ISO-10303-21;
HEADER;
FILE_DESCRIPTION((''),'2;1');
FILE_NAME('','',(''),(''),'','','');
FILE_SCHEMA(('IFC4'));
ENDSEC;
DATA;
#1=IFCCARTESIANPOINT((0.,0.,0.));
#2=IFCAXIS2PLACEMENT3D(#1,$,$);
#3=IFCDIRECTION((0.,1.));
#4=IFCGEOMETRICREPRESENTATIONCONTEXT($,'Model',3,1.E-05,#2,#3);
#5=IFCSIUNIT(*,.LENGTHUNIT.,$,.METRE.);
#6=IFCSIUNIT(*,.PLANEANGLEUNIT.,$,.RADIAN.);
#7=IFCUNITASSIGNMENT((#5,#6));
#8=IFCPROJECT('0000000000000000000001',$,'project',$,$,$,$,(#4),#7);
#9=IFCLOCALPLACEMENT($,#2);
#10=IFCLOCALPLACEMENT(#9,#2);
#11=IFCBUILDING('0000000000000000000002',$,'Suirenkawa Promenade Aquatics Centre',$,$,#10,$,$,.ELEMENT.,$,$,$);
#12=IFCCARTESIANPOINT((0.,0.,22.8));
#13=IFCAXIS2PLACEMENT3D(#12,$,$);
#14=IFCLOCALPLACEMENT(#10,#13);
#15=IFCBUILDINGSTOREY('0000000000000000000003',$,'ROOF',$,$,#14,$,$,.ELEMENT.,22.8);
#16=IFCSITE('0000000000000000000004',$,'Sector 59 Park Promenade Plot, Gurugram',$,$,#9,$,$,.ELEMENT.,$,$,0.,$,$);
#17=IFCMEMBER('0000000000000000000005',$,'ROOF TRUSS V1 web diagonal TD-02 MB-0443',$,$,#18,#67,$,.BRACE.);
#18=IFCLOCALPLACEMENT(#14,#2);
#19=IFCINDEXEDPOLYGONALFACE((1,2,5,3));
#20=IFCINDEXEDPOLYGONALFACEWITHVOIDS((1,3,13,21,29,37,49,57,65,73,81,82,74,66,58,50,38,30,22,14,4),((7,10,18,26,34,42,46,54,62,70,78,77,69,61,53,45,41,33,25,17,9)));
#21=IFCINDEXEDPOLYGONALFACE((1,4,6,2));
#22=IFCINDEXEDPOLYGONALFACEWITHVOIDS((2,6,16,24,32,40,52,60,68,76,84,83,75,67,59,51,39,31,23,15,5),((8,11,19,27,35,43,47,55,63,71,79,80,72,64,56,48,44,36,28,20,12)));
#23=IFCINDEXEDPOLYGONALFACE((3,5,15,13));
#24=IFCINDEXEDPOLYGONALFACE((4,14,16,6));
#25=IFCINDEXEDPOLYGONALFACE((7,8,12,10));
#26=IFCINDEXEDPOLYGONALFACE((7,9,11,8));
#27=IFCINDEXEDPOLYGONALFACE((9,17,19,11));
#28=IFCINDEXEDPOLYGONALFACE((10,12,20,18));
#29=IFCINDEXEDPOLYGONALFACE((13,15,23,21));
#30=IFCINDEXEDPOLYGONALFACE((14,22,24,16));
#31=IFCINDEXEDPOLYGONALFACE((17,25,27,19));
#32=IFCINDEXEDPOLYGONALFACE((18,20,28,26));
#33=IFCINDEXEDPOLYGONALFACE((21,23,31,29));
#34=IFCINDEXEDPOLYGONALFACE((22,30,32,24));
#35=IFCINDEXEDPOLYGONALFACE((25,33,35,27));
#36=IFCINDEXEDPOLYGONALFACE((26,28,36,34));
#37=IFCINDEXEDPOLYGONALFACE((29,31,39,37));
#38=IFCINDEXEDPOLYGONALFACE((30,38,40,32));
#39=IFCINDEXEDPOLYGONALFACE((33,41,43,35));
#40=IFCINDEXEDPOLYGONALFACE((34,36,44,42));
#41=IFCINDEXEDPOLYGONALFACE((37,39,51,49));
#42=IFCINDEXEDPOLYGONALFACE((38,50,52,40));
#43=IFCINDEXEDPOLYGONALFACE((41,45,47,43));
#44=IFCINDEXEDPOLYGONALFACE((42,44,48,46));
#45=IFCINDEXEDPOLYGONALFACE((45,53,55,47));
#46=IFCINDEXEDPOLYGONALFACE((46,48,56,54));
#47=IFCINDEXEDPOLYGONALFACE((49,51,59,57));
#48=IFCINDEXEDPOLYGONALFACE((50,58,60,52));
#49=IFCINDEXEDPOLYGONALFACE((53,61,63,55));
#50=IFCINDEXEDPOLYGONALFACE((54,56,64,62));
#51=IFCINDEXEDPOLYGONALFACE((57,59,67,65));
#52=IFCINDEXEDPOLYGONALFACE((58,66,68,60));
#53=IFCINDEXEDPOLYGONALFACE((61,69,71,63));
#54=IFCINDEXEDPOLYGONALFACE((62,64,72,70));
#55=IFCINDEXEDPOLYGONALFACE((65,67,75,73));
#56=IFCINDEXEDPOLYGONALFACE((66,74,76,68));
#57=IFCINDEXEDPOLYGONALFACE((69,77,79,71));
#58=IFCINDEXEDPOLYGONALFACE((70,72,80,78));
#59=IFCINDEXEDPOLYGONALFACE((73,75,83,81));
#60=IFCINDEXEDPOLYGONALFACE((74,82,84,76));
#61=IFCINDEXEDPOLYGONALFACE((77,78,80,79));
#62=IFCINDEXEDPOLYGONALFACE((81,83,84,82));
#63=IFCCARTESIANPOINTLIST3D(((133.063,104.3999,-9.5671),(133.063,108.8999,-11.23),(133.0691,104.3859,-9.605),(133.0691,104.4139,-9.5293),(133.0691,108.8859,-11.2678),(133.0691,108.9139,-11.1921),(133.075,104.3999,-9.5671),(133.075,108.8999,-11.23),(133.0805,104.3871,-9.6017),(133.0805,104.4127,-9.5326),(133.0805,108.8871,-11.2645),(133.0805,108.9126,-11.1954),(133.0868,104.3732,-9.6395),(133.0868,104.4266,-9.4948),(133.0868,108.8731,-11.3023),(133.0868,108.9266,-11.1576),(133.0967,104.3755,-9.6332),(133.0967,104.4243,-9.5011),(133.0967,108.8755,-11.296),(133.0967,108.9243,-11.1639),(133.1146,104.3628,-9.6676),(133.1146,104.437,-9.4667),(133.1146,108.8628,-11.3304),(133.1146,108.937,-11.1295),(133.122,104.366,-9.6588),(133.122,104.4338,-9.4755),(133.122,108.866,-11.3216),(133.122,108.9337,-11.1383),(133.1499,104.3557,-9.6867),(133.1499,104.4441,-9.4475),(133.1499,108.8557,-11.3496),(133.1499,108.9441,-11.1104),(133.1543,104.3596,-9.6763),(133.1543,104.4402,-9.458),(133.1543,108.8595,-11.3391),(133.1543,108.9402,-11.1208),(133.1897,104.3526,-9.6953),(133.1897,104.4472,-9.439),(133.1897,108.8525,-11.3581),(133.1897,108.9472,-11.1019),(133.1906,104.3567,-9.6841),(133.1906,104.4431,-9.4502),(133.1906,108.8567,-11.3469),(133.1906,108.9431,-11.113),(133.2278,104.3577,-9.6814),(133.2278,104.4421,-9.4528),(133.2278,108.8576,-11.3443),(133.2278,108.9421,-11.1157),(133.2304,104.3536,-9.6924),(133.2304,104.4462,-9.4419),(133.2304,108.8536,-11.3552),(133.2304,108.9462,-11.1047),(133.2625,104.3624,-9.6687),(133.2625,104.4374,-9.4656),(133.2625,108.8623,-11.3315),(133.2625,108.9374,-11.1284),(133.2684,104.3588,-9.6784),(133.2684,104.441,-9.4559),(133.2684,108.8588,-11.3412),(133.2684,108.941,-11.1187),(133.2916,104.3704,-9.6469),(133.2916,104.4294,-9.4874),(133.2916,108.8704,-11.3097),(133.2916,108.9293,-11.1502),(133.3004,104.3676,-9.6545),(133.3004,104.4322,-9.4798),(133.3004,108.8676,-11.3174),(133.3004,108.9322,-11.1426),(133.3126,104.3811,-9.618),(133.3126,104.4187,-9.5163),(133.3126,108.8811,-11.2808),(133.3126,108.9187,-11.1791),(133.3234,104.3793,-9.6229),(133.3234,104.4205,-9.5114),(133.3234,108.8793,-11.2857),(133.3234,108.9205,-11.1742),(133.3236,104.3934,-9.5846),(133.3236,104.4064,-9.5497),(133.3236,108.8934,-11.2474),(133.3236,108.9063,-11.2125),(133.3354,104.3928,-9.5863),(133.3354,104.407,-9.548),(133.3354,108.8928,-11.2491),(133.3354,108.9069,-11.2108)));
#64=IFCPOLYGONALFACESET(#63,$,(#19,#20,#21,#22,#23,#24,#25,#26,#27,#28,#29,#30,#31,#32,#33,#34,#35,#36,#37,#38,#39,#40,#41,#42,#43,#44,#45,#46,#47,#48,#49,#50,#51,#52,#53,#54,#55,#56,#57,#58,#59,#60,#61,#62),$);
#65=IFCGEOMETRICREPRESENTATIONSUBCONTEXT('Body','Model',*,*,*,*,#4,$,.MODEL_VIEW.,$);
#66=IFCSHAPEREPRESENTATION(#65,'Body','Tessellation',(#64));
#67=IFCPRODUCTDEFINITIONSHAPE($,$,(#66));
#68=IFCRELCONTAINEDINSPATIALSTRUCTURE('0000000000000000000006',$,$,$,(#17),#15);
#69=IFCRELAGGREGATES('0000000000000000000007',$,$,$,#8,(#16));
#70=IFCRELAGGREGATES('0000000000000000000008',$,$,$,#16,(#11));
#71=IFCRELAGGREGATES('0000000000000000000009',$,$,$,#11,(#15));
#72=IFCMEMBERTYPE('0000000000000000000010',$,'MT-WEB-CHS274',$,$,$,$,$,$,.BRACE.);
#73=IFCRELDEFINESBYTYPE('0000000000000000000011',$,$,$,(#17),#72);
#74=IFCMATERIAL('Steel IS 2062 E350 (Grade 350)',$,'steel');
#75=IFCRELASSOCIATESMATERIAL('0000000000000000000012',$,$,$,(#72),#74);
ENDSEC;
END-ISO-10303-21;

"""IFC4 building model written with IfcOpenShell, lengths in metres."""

from ifc_helpers import new_model, si_unit, direction, frame, origin, origin_2d, place, context, subcontext, project, spatial, hollow_circle, extrude, material, material_profile, profile_set, type_object, element, save


model = new_model("IFC4")

# Units and contexts
model_context = context("Model", 3, precision=1e-05, world=origin(), true_north=direction((0.0, 1.0)))
body_context = subcontext(model_context, "Body", "Model", "MODEL_VIEW")
ifc_project = project(units=[si_unit("LENGTHUNIT", "METRE"), si_unit("PLANEANGLEUNIT", "RADIAN")], contexts=[model_context])

# Site, building, storey
site_placement = place(None, origin())
site = spatial("IfcSite", under=ifc_project, at=site_placement, Name="Sector 59 Park Promenade Plot, Gurugram", CompositionType="ELEMENT", RefElevation=0.0)
building_placement = place(site_placement, origin())
building = spatial("IfcBuilding", under=site, at=building_placement, Name="Suirenkawa Promenade Aquatics Centre", CompositionType="ELEMENT")
storey_placement = place(building_placement, frame((0.0, 0.0, 22.8)))
storey = spatial("IfcBuildingStorey", under=building, at=storey_placement, Name="ROOF", CompositionType="ELEMENT", Elevation=22.8)

# Shared definitions
ifc_material = material(Name="Steel IS 2062 E350 (Grade 350)", Category="steel")

# Member
ifc_material_profile_1 = material_profile(ifc_material, hollow_circle(Radius=0.137, WallThickness=0.012, at=origin_2d()), Name="CHS 274x12", Category="steel")
ifc_profile_set_1 = profile_set([ifc_material_profile_1], Name="Steel IS 2062 E350 (Grade 350)")
member_type_1 = type_object("IfcMemberType", Name="MT-WEB-CHS274", PredefinedType="BRACE", material=ifc_profile_set_1)
member_1_placement = place(storey_placement, frame((133.2, 104.3999, -9.5671), z_axis=(0.0, 0.938008, -0.346613), x_axis=(-1.0, 0.0, 0.0)))
element("IfcMember", 1, at=member_1_placement, inside=storey, type_object=member_type_1, Name="ROOF TRUSS V1 web diagonal TD-02 MB-0443", PredefinedType="BRACE", context=body_context, shape_type="SweptSolid", body=[
    extrude(hollow_circle(Radius=0.137, WallThickness=0.012, at=origin_2d()), origin(), (0.0, 0.0, 1.0), 4.7974),
])

save(model, "model.ifc")
